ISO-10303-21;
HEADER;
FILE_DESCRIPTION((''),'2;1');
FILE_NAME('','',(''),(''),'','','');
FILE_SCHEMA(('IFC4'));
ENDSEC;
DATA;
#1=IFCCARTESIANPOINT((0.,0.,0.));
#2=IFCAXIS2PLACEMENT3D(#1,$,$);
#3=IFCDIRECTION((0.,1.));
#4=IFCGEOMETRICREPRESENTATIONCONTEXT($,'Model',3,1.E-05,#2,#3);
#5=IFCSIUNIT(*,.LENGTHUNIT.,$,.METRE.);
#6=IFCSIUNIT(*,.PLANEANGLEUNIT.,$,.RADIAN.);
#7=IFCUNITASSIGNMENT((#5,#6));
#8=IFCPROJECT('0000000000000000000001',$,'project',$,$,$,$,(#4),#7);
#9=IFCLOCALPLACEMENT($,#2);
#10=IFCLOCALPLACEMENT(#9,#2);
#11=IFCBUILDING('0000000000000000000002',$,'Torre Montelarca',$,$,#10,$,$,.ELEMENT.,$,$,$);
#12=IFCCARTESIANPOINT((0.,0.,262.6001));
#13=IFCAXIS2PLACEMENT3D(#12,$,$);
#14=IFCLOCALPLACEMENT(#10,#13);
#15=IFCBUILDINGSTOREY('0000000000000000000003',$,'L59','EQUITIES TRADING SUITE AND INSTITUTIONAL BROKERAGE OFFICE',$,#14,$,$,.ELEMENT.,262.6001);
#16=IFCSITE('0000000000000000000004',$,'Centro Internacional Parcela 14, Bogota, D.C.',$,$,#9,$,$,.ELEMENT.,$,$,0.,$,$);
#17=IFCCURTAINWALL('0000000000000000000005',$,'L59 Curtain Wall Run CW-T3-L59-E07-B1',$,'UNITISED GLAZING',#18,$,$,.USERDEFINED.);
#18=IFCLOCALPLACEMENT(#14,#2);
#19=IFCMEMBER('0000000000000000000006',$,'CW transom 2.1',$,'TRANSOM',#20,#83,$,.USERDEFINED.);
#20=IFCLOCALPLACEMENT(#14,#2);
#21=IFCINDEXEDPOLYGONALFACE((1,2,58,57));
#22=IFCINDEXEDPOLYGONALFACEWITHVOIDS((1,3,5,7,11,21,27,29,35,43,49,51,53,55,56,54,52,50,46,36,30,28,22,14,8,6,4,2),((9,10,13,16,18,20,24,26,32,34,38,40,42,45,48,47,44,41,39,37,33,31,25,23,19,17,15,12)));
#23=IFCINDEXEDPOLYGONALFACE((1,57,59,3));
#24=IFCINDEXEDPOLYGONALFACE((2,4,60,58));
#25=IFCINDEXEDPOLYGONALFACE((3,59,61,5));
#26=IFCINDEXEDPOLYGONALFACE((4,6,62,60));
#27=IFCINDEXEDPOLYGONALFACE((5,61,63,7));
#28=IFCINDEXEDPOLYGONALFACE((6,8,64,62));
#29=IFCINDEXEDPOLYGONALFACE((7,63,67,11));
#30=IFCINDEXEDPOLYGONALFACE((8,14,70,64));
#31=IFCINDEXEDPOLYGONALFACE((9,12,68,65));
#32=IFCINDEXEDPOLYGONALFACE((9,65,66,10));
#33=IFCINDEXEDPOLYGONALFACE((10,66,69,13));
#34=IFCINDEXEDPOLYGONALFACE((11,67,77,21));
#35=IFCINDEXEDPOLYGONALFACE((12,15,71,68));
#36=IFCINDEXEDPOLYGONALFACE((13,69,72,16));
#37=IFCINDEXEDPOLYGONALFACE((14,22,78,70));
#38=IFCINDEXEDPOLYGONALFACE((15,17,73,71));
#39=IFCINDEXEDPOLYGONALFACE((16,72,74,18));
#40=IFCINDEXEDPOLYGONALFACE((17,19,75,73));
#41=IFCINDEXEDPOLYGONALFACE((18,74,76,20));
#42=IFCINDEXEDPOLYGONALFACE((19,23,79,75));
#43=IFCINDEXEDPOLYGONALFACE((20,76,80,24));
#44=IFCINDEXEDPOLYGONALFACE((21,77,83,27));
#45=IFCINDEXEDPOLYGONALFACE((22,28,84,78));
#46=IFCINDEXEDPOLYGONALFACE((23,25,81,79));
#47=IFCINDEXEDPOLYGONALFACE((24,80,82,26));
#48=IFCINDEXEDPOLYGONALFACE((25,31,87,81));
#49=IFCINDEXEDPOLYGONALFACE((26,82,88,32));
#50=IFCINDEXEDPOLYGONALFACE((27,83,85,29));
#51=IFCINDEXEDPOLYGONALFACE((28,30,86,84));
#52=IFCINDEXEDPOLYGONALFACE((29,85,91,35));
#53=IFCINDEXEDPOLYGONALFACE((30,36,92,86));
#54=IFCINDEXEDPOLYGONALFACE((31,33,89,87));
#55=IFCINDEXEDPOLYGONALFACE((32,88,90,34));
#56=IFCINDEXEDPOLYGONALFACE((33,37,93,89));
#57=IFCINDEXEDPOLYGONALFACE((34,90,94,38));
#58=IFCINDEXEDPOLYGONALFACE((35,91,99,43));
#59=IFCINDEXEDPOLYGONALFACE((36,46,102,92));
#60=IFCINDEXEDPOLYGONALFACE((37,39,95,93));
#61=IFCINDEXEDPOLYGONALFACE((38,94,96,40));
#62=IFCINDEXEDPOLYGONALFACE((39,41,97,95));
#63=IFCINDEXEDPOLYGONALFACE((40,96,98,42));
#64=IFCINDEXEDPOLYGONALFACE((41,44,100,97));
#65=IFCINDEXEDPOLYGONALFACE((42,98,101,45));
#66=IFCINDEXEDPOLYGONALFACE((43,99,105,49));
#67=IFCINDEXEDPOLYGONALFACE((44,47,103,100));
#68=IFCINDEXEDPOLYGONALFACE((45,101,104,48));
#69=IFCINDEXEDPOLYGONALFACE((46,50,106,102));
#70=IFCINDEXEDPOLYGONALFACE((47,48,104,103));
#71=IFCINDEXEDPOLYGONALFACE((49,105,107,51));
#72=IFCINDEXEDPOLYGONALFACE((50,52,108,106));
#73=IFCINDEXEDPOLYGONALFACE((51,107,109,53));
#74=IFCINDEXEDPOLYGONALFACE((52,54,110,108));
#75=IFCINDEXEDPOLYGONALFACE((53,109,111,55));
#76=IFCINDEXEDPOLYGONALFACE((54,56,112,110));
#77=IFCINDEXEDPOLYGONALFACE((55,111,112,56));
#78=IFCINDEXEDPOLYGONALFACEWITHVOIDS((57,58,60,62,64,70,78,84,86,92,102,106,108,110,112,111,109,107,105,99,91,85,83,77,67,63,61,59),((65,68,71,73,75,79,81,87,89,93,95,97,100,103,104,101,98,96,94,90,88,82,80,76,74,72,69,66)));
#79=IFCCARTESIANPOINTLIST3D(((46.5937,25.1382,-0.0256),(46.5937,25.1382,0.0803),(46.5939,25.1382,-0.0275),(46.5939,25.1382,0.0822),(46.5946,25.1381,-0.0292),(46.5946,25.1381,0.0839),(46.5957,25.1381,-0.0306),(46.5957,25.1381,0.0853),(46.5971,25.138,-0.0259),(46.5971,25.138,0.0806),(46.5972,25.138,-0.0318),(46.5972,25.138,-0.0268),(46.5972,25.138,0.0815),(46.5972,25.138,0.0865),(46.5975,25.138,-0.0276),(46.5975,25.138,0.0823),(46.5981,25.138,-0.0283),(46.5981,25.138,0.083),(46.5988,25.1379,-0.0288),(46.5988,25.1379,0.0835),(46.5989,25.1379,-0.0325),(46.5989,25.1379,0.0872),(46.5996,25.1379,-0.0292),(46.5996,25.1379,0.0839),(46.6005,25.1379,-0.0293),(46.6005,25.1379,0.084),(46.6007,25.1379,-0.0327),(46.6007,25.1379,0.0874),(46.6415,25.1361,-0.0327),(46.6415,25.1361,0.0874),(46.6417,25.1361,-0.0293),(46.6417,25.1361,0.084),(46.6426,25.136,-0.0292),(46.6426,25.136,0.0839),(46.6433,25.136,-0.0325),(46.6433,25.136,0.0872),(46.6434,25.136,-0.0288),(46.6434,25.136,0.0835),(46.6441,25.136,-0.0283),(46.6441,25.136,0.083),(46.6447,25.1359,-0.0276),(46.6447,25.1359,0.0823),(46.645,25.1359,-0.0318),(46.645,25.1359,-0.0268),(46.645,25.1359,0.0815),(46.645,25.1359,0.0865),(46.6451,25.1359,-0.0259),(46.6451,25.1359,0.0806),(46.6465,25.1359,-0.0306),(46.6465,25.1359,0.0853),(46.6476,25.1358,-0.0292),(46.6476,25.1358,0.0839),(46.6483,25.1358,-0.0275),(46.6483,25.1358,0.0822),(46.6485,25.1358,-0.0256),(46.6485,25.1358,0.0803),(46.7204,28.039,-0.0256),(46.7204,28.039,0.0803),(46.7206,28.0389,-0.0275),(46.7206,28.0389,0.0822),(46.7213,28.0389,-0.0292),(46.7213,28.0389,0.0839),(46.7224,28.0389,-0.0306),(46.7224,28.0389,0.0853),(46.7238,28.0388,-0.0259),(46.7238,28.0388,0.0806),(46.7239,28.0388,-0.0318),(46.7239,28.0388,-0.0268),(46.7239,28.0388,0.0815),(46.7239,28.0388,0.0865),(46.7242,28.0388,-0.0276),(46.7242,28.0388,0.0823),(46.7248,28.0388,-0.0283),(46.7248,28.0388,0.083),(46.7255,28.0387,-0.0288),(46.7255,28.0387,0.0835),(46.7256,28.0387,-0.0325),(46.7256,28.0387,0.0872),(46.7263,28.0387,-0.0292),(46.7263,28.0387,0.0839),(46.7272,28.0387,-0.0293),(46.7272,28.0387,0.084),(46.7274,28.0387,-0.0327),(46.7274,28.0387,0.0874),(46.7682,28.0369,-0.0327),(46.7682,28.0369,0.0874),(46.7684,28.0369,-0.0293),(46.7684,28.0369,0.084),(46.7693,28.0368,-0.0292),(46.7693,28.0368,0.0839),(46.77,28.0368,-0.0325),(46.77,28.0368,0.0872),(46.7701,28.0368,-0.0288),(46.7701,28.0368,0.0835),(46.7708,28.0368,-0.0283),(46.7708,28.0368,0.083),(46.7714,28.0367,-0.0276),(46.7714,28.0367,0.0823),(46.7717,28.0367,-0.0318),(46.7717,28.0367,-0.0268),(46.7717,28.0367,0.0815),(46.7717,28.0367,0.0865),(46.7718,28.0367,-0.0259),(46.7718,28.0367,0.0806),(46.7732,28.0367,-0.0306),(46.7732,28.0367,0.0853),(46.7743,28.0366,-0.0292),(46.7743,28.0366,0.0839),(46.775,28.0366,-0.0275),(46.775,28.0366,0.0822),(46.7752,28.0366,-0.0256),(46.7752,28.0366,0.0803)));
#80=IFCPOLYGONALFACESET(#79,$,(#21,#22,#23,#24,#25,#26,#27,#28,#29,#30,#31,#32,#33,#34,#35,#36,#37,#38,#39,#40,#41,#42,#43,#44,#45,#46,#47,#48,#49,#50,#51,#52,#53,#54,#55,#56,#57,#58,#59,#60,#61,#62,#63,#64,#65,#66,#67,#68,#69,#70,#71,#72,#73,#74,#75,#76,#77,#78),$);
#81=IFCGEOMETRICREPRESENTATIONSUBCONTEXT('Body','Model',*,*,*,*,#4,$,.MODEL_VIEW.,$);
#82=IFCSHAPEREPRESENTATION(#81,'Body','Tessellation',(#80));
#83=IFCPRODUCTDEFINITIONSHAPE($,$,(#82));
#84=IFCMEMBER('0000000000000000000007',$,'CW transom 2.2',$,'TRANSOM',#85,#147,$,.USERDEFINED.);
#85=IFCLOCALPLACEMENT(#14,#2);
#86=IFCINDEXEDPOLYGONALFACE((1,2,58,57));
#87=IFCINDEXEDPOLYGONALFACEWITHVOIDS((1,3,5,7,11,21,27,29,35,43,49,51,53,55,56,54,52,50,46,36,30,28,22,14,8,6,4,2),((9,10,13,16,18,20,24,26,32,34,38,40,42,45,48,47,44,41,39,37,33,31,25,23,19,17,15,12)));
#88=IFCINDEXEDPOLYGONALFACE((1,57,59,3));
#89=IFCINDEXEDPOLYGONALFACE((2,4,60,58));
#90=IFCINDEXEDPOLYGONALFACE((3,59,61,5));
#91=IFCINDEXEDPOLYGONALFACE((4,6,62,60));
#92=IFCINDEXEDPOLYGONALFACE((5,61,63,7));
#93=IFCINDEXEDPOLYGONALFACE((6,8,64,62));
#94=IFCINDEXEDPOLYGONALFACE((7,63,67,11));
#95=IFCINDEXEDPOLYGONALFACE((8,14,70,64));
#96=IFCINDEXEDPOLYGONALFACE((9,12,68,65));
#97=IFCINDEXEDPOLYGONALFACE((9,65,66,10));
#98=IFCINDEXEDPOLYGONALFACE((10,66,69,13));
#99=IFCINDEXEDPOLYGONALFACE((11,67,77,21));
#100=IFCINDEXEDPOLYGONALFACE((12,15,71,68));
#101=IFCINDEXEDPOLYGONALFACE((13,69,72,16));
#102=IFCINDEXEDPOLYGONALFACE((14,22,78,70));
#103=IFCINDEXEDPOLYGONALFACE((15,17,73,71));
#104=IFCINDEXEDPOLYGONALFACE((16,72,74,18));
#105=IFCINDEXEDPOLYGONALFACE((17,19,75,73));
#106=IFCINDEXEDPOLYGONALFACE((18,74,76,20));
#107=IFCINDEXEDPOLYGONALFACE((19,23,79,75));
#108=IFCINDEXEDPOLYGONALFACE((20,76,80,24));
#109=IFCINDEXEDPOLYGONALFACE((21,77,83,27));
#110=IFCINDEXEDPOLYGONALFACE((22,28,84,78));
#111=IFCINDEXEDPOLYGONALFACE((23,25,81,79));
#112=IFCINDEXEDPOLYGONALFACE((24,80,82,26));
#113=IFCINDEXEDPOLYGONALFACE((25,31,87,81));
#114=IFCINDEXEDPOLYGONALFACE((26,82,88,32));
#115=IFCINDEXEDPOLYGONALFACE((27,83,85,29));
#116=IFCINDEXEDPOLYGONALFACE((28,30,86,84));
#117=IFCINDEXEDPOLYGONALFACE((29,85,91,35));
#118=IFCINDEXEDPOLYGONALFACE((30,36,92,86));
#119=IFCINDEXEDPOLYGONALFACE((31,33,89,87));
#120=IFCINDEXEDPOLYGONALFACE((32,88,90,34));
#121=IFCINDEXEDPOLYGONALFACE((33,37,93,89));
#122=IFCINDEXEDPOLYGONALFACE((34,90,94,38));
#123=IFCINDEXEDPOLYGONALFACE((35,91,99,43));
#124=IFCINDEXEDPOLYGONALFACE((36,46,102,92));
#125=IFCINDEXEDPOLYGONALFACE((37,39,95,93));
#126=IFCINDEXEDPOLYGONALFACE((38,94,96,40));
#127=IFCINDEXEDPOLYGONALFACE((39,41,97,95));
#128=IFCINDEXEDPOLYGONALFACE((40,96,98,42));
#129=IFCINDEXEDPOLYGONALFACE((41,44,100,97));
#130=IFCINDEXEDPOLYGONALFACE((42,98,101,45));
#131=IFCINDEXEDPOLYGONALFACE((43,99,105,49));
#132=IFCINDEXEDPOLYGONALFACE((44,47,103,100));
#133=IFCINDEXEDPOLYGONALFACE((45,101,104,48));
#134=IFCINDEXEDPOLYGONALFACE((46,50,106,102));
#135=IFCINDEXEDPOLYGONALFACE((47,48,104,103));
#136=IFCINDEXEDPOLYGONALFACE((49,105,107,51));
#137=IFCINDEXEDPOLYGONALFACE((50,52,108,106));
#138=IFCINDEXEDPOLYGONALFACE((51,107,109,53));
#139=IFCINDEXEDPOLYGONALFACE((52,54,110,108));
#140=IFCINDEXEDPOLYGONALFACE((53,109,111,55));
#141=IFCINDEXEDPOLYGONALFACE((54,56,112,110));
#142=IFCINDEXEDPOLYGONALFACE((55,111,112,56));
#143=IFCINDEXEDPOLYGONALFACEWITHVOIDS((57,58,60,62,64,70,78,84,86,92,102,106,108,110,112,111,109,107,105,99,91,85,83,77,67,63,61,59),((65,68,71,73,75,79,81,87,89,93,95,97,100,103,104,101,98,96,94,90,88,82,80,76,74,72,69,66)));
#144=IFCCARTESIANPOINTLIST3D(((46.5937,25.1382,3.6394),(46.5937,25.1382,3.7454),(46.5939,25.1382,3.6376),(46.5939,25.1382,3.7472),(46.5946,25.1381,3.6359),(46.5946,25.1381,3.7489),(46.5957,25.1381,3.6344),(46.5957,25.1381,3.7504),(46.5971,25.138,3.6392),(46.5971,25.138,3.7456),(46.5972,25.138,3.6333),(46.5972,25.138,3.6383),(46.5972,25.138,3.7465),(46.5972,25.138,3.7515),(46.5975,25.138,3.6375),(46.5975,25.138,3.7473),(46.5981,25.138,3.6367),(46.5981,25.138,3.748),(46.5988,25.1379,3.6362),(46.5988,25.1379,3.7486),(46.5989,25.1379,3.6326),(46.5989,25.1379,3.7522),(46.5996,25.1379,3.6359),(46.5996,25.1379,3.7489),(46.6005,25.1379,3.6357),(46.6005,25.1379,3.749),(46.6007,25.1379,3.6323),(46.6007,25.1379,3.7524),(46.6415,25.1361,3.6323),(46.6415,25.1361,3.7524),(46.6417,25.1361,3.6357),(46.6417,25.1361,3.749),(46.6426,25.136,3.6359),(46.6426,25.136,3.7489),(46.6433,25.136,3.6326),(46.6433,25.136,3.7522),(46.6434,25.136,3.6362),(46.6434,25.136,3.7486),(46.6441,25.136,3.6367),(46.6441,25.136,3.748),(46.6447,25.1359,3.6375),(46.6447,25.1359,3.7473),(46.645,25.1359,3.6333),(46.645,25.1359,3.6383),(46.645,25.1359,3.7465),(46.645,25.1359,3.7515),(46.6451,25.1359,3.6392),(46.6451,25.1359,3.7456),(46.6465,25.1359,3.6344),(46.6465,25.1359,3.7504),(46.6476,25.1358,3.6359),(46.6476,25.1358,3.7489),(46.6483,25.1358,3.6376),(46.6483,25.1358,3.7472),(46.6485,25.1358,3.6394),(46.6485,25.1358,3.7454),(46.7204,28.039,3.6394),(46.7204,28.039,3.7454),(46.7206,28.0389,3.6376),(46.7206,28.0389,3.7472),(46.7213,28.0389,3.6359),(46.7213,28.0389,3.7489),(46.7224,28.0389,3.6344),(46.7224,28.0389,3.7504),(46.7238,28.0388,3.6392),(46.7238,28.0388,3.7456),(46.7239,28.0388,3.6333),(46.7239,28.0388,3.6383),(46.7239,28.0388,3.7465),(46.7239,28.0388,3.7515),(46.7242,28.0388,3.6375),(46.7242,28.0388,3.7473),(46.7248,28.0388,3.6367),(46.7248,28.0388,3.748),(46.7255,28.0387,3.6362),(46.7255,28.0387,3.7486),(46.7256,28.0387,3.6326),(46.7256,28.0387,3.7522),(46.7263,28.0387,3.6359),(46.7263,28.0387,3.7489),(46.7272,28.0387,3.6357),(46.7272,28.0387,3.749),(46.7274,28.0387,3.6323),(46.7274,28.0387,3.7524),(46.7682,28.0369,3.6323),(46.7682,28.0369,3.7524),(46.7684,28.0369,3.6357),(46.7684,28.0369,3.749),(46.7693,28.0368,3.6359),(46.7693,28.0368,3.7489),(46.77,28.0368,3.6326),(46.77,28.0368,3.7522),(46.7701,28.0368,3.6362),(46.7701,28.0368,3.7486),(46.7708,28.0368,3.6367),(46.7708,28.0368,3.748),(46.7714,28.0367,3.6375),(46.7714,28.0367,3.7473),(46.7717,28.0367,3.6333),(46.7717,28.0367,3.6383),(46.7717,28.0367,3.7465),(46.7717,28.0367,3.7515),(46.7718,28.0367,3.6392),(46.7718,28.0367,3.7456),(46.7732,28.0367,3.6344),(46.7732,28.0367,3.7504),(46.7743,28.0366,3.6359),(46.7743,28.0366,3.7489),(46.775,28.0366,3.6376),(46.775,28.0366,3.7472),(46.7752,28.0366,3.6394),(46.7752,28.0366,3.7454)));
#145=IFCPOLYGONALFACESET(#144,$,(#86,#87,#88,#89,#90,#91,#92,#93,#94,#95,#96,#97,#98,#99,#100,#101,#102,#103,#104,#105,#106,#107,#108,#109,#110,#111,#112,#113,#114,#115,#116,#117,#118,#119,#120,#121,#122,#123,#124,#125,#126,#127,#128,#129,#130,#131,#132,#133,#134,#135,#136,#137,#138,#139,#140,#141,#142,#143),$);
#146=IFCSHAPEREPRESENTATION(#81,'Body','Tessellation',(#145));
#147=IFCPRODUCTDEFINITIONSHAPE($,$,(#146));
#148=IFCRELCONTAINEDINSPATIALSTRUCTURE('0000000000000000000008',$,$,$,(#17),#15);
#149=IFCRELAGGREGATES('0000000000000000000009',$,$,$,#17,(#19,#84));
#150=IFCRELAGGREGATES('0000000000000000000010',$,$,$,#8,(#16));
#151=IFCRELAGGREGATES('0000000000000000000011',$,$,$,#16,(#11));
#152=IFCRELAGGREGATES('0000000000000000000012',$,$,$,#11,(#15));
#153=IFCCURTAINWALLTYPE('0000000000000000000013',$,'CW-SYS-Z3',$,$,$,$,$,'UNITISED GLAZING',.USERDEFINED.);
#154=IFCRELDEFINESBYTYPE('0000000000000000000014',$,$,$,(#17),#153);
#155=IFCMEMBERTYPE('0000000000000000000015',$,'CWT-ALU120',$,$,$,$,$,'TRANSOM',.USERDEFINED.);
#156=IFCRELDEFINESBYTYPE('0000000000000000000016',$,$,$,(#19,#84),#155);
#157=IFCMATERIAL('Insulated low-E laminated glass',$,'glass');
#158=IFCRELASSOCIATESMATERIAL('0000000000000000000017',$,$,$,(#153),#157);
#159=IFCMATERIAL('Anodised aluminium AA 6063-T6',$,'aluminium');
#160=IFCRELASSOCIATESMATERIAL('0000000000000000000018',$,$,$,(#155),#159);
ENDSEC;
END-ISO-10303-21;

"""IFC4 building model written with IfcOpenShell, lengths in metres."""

from ifc_helpers import new_model, si_unit, direction, frame, origin, origin_2d, place, context, subcontext, project, spatial, hollow_rectangle, extrude, source, transform, mapped, material, material_profile, profile_set, type_object, element, aggregate, save


model = new_model("IFC4")

# Units and contexts
model_context = context("Model", 3, precision=1e-05, world=origin(), true_north=direction((0.0, 1.0)))
body_context = subcontext(model_context, "Body", "Model", "MODEL_VIEW")
ifc_project = project(units=[si_unit("LENGTHUNIT", "METRE"), si_unit("PLANEANGLEUNIT", "RADIAN")], contexts=[model_context])

# Site, building, storey
site_placement = place(None, origin())
site = spatial("IfcSite", under=ifc_project, at=site_placement, Name="Centro Internacional Parcela 14, Bogota, D.C.", CompositionType="ELEMENT", RefElevation=0.0)
building_placement = place(site_placement, origin())
building = spatial("IfcBuilding", under=site, at=building_placement, Name="Torre Montelarca", CompositionType="ELEMENT")
storey_placement = place(building_placement, frame((0.0, 0.0, 262.6001)))
storey = spatial("IfcBuildingStorey", under=building, at=storey_placement, Name="L59", Description="EQUITIES TRADING SUITE AND INSTITUTIONAL BROKERAGE OFFICE", CompositionType="ELEMENT", Elevation=262.6001)

# Curtain wall, members
ifc_material_1 = material(Name="Insulated low-E laminated glass", Category="glass")
curtain_wall_type = type_object("IfcCurtainWallType", Name="CW-SYS-Z3", ElementType="UNITISED GLAZING", PredefinedType="USERDEFINED", material=ifc_material_1)
curtain_wall_1_placement = place(storey_placement, origin())
curtain_wall_1 = element("IfcCurtainWall", 1, at=curtain_wall_1_placement, inside=storey, type_object=curtain_wall_type, Name="L59 Curtain Wall Run CW-T3-L59-E07-B1", ObjectType="UNITISED GLAZING", PredefinedType="USERDEFINED")
ifc_material_2 = material(Name="Anodised aluminium AA 6063-T6", Category="aluminium")
ifc_material_profile_1 = material_profile(ifc_material_2, hollow_rectangle(XDim=0.0549, YDim=0.1201, WallThickness=0.0034, InnerFilletRadius=0.0034, OuterFilletRadius=0.0071, at=origin_2d()), Name="ALU55X120X3.5", Category="aluminium")
ifc_profile_set_1 = profile_set([ifc_material_profile_1], Name="Anodised aluminium AA 6063-T6")
member_type_1 = type_object("IfcMemberType", Name="CWT-ALU120", ElementType="TRANSOM", PredefinedType="USERDEFINED", material=ifc_profile_set_1)
shared_shape_1 = source(origin(), body_context, "Body", "SweptSolid", [
    extrude(hollow_rectangle(XDim=0.0549, YDim=0.1201, WallThickness=0.0034, InnerFilletRadius=0.0034, OuterFilletRadius=0.0071, at=origin_2d()), origin(), (0.0, 0.0, 1.0), 2.9036),
])
member_1_placement = place(storey_placement, frame((46.6211, 25.137, 0.0273), z_axis=(0.043638, 0.999047, 0.0), x_axis=(-0.999047, 0.043638, 0.0)))
member_1 = element("IfcMember", 2, at=member_1_placement, type_object=member_type_1, Name="CW transom 2.1", ObjectType="TRANSOM", PredefinedType="USERDEFINED", context=body_context, shape_type="MappedRepresentation", body=[
    mapped(shared_shape_1, transform((0.0, 0.0, 0.0), scale=1.0)),
])
member_2_placement = place(storey_placement, frame((46.6211, 25.137, 3.6924), z_axis=(0.043638, 0.999047, 0.0), x_axis=(-0.999047, 0.043638, 0.0)))
member_2 = element("IfcMember", 3, at=member_2_placement, type_object=member_type_1, Name="CW transom 2.2", ObjectType="TRANSOM", PredefinedType="USERDEFINED", context=body_context, shape_type="MappedRepresentation", body=[
    mapped(shared_shape_1, transform((0.0, 0.0, 0.0), scale=1.0)),
])

aggregate(curtain_wall_1, [member_1, member_2])

save(model, "model.ifc")
